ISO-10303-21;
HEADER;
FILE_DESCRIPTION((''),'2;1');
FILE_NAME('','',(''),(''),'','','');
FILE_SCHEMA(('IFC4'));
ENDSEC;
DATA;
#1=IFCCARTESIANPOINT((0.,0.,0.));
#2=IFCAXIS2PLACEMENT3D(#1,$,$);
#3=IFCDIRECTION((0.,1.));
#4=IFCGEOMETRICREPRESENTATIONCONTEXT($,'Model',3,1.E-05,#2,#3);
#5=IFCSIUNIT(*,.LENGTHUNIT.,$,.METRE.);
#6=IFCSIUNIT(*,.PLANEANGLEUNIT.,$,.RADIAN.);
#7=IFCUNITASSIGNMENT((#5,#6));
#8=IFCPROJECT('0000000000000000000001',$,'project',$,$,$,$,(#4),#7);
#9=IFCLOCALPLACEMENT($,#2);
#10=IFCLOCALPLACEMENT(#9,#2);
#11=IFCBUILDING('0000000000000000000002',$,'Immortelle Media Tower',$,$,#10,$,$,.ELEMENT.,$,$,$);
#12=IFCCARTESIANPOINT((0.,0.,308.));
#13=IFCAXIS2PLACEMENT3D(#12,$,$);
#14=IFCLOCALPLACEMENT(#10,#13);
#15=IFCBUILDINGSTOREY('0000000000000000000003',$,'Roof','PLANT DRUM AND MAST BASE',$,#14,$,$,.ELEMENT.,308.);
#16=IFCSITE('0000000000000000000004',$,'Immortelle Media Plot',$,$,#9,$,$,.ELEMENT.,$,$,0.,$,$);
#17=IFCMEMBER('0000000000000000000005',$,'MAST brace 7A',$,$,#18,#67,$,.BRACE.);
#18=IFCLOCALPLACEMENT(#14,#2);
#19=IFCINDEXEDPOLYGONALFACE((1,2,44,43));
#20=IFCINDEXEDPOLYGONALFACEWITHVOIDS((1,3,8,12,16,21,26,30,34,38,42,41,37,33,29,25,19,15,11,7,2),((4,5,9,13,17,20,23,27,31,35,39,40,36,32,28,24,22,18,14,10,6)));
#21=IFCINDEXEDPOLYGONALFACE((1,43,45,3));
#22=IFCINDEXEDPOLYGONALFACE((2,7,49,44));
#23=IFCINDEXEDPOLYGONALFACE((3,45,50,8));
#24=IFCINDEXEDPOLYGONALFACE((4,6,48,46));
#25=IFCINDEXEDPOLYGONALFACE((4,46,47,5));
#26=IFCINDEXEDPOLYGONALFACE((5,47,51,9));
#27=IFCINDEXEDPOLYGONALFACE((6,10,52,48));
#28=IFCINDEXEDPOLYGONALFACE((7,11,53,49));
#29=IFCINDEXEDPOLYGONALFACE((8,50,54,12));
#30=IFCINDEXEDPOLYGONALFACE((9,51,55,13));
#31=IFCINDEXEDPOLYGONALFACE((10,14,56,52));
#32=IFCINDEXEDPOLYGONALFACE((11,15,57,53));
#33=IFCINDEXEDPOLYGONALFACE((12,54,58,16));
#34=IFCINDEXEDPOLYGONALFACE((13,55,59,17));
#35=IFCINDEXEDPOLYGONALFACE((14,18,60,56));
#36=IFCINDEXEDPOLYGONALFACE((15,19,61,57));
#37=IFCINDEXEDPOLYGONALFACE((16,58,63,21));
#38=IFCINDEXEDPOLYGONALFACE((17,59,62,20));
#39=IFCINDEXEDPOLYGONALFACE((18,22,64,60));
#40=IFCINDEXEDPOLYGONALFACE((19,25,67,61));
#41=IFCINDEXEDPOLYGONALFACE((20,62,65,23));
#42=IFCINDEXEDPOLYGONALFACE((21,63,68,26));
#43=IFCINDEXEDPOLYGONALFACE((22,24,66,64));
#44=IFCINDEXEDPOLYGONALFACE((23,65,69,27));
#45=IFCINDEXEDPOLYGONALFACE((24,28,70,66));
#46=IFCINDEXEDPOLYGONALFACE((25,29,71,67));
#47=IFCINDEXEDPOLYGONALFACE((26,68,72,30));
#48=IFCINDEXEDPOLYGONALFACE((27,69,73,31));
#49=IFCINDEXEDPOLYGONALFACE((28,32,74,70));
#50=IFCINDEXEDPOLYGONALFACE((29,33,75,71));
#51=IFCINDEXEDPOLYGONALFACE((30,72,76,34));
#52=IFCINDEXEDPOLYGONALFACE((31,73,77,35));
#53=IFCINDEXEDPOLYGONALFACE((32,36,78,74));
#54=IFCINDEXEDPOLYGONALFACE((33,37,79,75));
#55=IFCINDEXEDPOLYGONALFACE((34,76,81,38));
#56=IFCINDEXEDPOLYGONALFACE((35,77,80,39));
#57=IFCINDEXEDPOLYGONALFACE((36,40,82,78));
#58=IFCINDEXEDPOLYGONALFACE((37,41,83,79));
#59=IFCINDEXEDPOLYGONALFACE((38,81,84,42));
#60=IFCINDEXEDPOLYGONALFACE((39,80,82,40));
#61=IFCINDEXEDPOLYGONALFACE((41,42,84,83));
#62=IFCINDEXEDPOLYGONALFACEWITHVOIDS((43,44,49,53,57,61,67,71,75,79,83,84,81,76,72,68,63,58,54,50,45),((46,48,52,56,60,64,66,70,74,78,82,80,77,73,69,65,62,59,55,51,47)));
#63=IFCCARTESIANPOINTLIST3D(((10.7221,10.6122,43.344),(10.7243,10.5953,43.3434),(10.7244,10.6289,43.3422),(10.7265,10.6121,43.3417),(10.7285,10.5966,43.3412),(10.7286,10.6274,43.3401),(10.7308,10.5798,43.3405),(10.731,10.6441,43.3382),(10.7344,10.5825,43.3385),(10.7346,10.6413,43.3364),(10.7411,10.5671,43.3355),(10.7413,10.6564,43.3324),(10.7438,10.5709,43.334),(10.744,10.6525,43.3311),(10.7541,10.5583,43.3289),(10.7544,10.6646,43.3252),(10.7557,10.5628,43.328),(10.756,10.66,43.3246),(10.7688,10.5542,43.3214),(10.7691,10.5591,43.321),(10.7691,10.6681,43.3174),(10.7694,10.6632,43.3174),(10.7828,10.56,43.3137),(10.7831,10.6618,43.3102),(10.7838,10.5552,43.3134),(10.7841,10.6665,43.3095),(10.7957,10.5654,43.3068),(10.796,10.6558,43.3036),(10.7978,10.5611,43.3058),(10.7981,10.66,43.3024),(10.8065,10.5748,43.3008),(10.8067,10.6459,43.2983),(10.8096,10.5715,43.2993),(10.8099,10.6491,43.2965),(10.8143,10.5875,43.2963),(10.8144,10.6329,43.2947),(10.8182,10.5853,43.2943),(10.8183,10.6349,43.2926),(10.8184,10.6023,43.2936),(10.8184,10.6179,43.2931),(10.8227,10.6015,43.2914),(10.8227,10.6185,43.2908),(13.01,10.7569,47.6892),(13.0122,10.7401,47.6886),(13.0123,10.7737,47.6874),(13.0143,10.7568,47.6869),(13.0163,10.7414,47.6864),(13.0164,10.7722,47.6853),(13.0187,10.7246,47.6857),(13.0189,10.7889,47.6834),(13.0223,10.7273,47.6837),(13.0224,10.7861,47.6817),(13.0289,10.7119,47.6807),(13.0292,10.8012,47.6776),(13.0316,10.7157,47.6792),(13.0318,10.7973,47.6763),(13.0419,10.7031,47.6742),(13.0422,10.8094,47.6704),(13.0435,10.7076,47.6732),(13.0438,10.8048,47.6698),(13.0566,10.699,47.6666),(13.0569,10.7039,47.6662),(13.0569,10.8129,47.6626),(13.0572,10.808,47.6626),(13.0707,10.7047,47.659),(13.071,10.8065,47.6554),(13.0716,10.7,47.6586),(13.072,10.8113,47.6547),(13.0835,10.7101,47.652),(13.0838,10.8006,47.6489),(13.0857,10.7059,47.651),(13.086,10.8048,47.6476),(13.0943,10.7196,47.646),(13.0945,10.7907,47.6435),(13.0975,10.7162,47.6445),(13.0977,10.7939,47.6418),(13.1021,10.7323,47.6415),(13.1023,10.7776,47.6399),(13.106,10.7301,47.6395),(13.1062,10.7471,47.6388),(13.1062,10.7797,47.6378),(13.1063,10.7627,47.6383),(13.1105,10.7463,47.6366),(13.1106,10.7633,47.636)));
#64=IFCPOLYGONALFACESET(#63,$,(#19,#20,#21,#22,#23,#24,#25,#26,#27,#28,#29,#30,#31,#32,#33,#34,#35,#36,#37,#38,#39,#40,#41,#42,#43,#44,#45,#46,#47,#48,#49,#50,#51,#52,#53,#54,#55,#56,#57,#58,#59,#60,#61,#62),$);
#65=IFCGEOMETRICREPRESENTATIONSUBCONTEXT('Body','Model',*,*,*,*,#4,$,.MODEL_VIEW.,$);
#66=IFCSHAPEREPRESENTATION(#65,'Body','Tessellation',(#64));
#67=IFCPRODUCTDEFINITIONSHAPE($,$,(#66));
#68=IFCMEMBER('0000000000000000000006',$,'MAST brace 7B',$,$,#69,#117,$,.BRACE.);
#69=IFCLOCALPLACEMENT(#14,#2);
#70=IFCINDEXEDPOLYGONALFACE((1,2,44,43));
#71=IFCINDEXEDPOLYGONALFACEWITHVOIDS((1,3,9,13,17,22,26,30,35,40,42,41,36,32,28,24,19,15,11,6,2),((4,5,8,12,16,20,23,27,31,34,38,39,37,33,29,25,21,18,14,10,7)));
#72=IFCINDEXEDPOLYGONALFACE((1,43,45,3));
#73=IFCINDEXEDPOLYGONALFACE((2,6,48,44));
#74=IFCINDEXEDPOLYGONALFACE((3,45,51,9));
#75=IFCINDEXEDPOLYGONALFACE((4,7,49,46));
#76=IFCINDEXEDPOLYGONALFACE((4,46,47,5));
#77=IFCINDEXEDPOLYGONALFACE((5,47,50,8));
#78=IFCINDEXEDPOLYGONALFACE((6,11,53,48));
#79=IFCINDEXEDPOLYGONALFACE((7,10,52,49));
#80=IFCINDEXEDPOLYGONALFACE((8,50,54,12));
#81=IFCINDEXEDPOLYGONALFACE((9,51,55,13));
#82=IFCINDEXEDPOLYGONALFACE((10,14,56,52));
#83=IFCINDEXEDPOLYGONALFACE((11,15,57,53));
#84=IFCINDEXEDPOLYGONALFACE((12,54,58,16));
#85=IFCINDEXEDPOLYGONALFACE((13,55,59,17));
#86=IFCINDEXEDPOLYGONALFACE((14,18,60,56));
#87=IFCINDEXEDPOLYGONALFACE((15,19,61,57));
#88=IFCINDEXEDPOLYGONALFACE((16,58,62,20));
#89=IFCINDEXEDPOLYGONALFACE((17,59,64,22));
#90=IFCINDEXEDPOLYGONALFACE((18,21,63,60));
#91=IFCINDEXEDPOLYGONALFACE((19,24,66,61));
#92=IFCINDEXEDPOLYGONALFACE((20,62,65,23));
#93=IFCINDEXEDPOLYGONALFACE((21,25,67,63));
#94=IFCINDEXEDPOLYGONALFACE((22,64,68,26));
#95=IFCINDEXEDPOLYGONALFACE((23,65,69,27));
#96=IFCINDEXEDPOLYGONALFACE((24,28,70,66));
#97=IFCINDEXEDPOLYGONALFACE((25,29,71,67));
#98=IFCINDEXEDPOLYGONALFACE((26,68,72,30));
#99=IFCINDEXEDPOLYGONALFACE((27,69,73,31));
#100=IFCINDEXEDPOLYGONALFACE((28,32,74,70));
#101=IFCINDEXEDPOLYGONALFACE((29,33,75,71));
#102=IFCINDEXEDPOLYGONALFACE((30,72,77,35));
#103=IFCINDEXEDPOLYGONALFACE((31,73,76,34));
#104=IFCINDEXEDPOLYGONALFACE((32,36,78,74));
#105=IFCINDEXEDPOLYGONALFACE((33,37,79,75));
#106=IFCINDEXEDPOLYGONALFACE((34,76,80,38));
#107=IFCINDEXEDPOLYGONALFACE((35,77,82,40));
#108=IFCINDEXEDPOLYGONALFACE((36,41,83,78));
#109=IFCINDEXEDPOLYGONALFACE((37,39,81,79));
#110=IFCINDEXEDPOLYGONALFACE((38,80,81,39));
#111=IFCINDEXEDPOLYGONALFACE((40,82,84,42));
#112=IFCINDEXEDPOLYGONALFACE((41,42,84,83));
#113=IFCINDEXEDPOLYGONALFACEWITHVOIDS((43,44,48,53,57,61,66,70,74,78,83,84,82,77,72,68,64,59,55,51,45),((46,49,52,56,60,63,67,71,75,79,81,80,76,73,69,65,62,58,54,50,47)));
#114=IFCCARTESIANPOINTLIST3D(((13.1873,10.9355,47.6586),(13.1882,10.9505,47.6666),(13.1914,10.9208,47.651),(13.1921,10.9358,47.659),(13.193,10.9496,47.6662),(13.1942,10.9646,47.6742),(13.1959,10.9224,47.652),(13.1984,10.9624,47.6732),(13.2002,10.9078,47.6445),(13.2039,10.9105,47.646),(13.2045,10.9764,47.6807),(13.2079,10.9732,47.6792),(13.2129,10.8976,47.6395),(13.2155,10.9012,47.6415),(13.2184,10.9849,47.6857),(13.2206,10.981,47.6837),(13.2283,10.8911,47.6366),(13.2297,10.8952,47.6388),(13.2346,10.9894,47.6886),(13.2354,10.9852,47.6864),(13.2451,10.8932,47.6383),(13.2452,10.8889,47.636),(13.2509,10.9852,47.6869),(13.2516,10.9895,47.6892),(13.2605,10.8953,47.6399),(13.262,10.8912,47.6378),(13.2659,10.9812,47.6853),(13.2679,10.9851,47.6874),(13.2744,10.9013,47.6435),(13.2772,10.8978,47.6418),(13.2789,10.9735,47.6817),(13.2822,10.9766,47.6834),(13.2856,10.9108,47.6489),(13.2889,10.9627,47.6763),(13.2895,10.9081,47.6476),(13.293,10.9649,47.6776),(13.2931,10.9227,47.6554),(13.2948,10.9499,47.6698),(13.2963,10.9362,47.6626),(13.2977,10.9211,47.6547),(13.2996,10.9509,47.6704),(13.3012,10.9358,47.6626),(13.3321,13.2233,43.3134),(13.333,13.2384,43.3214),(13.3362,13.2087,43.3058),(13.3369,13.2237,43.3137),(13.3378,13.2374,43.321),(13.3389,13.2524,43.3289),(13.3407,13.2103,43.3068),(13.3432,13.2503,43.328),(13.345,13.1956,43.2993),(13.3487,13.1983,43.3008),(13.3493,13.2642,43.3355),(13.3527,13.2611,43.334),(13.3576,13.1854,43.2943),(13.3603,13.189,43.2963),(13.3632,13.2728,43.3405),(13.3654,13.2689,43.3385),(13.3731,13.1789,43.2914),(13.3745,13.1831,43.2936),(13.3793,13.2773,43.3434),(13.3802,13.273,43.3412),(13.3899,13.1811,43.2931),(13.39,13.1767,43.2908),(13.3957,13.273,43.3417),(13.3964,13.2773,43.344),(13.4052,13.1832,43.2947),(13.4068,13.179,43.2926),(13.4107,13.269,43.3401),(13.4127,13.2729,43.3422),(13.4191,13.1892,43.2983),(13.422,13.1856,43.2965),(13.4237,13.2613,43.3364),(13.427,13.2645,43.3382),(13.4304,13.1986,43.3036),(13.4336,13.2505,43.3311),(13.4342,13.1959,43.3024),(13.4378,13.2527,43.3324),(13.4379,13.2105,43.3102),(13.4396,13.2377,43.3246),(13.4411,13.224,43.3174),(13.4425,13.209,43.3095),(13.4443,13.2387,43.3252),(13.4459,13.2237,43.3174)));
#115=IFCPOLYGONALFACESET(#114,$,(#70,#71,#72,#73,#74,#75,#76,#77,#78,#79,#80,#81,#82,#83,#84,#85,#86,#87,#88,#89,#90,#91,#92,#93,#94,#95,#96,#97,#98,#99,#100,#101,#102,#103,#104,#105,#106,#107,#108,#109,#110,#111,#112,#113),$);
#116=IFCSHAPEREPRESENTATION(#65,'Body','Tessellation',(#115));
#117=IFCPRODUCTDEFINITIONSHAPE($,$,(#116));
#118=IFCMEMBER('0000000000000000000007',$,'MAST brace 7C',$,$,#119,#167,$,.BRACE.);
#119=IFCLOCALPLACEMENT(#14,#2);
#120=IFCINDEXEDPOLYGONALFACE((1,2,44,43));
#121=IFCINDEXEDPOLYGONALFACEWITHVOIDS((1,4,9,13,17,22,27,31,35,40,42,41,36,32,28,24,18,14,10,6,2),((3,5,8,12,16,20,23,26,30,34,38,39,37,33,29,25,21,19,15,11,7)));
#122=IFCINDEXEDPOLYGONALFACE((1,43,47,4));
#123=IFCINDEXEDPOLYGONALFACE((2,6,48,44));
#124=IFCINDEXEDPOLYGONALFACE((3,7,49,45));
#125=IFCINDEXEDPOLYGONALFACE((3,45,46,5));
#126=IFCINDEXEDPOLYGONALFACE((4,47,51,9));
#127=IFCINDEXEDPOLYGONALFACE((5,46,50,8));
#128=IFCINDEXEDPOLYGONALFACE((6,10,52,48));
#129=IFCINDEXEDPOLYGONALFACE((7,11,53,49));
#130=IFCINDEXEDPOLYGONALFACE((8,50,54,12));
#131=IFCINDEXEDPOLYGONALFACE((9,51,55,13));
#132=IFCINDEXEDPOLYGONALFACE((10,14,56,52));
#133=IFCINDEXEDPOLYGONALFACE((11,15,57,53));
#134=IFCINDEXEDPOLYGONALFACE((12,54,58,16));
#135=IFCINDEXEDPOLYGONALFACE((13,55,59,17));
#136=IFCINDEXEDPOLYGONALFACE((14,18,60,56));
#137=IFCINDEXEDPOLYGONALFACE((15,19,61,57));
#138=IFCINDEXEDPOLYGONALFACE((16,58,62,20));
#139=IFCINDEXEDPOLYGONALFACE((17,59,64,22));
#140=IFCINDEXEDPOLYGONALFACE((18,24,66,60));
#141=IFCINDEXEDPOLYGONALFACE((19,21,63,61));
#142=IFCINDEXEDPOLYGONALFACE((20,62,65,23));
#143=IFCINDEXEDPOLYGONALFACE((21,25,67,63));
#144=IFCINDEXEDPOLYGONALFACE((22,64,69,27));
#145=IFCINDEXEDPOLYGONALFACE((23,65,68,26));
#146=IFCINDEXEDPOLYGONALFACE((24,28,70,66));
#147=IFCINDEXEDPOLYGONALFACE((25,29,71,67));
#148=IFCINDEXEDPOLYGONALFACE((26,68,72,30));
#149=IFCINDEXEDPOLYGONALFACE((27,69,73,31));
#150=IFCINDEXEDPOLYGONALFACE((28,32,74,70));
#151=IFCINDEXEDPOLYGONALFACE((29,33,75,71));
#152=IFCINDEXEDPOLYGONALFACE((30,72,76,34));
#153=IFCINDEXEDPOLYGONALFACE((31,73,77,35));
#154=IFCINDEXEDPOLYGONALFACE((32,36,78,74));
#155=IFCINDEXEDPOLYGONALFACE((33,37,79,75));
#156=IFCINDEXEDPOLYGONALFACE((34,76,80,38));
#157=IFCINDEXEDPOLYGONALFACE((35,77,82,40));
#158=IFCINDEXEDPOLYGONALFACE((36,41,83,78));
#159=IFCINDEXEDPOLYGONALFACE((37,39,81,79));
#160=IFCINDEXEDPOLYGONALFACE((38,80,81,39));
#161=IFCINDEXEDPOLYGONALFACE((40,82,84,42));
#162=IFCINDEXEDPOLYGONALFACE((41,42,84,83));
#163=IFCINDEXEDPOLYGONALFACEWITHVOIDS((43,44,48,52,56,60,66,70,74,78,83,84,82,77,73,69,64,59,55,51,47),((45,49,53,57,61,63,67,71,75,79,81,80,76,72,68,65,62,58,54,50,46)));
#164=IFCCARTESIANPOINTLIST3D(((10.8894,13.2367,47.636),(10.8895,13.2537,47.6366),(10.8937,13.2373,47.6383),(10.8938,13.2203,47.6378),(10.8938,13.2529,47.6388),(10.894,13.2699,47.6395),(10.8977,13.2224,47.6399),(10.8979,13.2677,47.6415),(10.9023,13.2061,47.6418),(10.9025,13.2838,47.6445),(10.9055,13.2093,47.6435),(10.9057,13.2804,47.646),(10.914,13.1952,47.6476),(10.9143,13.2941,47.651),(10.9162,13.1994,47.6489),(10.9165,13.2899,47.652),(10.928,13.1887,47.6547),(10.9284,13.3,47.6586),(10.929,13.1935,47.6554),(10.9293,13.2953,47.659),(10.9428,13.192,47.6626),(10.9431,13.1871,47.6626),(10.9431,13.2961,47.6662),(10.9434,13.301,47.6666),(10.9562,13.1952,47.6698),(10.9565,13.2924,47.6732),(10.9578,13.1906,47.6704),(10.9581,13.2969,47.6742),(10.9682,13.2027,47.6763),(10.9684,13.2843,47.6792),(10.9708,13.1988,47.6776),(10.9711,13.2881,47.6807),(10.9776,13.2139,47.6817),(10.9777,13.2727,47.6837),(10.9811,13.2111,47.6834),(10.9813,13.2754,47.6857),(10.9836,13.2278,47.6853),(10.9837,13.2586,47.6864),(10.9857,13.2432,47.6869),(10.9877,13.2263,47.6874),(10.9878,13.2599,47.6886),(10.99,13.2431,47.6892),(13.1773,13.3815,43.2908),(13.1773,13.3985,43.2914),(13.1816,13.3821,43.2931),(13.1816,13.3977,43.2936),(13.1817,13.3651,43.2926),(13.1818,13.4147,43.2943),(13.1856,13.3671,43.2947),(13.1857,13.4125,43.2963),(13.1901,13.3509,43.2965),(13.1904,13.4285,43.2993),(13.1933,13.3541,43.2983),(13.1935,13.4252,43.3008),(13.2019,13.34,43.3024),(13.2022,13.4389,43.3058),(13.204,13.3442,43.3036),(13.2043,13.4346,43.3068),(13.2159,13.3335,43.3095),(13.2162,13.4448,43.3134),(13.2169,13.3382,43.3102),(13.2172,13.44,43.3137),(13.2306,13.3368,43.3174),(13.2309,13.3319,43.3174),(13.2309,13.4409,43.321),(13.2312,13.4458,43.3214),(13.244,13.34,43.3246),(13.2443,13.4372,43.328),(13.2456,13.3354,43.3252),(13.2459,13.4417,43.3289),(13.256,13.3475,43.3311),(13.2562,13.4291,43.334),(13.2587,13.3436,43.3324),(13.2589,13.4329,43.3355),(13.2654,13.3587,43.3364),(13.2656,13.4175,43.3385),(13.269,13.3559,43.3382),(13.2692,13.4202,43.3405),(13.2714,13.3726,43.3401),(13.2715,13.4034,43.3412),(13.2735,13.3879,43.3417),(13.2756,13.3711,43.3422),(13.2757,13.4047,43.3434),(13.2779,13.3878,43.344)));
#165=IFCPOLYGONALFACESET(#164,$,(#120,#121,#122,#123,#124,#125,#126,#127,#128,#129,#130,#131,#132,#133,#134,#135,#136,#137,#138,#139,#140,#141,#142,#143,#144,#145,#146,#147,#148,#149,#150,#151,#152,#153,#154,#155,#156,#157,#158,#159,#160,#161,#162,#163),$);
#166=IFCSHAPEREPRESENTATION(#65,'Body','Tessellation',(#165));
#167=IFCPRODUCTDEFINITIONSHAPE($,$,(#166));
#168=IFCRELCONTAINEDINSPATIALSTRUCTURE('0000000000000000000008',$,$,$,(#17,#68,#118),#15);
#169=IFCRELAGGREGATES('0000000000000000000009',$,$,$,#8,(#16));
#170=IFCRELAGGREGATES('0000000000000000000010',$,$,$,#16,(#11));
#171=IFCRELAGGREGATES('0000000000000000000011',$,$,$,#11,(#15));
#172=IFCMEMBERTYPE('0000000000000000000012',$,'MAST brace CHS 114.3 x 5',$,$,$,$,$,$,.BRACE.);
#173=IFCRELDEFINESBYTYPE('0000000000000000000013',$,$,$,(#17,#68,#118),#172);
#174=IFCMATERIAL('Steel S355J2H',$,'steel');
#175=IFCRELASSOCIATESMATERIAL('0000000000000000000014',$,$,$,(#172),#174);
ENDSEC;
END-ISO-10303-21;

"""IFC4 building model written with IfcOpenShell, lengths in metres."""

from ifc_helpers import new_model, si_unit, direction, frame, origin, origin_2d, place, context, subcontext, project, spatial, hollow_circle, extrude, material, material_profile, profile_set, type_object, element, save


model = new_model("IFC4")

# Units and contexts
model_context = context("Model", 3, precision=1e-05, world=origin(), true_north=direction((0.0, 1.0)))
body_context = subcontext(model_context, "Body", "Model", "MODEL_VIEW")
ifc_project = project(units=[si_unit("LENGTHUNIT", "METRE"), si_unit("PLANEANGLEUNIT", "RADIAN")], contexts=[model_context])

# Site, building, storey
site_placement = place(None, origin())
site = spatial("IfcSite", under=ifc_project, at=site_placement, Name="Immortelle Media Plot", CompositionType="ELEMENT", RefElevation=0.0)
building_placement = place(site_placement, origin())
building = spatial("IfcBuilding", under=site, at=building_placement, Name="Immortelle Media Tower", CompositionType="ELEMENT")
storey_placement = place(building_placement, frame((0.0, 0.0, 308.0)))
storey = spatial("IfcBuildingStorey", under=building, at=storey_placement, Name="Roof", Description="PLANT DRUM AND MAST BASE", CompositionType="ELEMENT", Elevation=308.0)

# Members
ifc_material_1 = material(Name="Steel S355J2H", Category="steel")
ifc_material_profile_1 = material_profile(ifc_material_1, hollow_circle(Radius=0.0571, WallThickness=0.0049, at=origin_2d()), Name="CHS 114.3 x 5")
ifc_profile_set_1 = profile_set([ifc_material_profile_1], Name="Steel S355J2H")
member_type = type_object("IfcMemberType", Name="MAST brace CHS 114.3 x 5", PredefinedType="BRACE", material=ifc_profile_set_1)
for number, where, z_axis, x_axis, name in (
    (1, (10.7727, 10.6111, 43.3174), (0.465685, 0.029469, 0.88446), (-0.063154, 0.998004, 0.0), "MAST brace 7A"),
    (2, (13.3889, 13.2273, 43.3174), (-0.029469, -0.465685, 0.88446), (0.998004, -0.063154, 0.0), "MAST brace 7B"),
    (3, (13.2273, 13.3889, 43.3174), (-0.465685, -0.029469, 0.88446), (0.063154, -0.998004, 0.0), "MAST brace 7C"),
):
    element("IfcMember", number, at=place(storey_placement, frame(where, z_axis=z_axis, x_axis=x_axis)), inside=storey, type_object=member_type, Name=name, PredefinedType="BRACE", context=body_context, shape_type="SweptSolid", body=[
        extrude(hollow_circle(Radius=0.0571, WallThickness=0.0049, at=origin_2d()), origin(), (0.0, 0.0, 1.0), 4.9128),
    ])

save(model, "model.ifc")
